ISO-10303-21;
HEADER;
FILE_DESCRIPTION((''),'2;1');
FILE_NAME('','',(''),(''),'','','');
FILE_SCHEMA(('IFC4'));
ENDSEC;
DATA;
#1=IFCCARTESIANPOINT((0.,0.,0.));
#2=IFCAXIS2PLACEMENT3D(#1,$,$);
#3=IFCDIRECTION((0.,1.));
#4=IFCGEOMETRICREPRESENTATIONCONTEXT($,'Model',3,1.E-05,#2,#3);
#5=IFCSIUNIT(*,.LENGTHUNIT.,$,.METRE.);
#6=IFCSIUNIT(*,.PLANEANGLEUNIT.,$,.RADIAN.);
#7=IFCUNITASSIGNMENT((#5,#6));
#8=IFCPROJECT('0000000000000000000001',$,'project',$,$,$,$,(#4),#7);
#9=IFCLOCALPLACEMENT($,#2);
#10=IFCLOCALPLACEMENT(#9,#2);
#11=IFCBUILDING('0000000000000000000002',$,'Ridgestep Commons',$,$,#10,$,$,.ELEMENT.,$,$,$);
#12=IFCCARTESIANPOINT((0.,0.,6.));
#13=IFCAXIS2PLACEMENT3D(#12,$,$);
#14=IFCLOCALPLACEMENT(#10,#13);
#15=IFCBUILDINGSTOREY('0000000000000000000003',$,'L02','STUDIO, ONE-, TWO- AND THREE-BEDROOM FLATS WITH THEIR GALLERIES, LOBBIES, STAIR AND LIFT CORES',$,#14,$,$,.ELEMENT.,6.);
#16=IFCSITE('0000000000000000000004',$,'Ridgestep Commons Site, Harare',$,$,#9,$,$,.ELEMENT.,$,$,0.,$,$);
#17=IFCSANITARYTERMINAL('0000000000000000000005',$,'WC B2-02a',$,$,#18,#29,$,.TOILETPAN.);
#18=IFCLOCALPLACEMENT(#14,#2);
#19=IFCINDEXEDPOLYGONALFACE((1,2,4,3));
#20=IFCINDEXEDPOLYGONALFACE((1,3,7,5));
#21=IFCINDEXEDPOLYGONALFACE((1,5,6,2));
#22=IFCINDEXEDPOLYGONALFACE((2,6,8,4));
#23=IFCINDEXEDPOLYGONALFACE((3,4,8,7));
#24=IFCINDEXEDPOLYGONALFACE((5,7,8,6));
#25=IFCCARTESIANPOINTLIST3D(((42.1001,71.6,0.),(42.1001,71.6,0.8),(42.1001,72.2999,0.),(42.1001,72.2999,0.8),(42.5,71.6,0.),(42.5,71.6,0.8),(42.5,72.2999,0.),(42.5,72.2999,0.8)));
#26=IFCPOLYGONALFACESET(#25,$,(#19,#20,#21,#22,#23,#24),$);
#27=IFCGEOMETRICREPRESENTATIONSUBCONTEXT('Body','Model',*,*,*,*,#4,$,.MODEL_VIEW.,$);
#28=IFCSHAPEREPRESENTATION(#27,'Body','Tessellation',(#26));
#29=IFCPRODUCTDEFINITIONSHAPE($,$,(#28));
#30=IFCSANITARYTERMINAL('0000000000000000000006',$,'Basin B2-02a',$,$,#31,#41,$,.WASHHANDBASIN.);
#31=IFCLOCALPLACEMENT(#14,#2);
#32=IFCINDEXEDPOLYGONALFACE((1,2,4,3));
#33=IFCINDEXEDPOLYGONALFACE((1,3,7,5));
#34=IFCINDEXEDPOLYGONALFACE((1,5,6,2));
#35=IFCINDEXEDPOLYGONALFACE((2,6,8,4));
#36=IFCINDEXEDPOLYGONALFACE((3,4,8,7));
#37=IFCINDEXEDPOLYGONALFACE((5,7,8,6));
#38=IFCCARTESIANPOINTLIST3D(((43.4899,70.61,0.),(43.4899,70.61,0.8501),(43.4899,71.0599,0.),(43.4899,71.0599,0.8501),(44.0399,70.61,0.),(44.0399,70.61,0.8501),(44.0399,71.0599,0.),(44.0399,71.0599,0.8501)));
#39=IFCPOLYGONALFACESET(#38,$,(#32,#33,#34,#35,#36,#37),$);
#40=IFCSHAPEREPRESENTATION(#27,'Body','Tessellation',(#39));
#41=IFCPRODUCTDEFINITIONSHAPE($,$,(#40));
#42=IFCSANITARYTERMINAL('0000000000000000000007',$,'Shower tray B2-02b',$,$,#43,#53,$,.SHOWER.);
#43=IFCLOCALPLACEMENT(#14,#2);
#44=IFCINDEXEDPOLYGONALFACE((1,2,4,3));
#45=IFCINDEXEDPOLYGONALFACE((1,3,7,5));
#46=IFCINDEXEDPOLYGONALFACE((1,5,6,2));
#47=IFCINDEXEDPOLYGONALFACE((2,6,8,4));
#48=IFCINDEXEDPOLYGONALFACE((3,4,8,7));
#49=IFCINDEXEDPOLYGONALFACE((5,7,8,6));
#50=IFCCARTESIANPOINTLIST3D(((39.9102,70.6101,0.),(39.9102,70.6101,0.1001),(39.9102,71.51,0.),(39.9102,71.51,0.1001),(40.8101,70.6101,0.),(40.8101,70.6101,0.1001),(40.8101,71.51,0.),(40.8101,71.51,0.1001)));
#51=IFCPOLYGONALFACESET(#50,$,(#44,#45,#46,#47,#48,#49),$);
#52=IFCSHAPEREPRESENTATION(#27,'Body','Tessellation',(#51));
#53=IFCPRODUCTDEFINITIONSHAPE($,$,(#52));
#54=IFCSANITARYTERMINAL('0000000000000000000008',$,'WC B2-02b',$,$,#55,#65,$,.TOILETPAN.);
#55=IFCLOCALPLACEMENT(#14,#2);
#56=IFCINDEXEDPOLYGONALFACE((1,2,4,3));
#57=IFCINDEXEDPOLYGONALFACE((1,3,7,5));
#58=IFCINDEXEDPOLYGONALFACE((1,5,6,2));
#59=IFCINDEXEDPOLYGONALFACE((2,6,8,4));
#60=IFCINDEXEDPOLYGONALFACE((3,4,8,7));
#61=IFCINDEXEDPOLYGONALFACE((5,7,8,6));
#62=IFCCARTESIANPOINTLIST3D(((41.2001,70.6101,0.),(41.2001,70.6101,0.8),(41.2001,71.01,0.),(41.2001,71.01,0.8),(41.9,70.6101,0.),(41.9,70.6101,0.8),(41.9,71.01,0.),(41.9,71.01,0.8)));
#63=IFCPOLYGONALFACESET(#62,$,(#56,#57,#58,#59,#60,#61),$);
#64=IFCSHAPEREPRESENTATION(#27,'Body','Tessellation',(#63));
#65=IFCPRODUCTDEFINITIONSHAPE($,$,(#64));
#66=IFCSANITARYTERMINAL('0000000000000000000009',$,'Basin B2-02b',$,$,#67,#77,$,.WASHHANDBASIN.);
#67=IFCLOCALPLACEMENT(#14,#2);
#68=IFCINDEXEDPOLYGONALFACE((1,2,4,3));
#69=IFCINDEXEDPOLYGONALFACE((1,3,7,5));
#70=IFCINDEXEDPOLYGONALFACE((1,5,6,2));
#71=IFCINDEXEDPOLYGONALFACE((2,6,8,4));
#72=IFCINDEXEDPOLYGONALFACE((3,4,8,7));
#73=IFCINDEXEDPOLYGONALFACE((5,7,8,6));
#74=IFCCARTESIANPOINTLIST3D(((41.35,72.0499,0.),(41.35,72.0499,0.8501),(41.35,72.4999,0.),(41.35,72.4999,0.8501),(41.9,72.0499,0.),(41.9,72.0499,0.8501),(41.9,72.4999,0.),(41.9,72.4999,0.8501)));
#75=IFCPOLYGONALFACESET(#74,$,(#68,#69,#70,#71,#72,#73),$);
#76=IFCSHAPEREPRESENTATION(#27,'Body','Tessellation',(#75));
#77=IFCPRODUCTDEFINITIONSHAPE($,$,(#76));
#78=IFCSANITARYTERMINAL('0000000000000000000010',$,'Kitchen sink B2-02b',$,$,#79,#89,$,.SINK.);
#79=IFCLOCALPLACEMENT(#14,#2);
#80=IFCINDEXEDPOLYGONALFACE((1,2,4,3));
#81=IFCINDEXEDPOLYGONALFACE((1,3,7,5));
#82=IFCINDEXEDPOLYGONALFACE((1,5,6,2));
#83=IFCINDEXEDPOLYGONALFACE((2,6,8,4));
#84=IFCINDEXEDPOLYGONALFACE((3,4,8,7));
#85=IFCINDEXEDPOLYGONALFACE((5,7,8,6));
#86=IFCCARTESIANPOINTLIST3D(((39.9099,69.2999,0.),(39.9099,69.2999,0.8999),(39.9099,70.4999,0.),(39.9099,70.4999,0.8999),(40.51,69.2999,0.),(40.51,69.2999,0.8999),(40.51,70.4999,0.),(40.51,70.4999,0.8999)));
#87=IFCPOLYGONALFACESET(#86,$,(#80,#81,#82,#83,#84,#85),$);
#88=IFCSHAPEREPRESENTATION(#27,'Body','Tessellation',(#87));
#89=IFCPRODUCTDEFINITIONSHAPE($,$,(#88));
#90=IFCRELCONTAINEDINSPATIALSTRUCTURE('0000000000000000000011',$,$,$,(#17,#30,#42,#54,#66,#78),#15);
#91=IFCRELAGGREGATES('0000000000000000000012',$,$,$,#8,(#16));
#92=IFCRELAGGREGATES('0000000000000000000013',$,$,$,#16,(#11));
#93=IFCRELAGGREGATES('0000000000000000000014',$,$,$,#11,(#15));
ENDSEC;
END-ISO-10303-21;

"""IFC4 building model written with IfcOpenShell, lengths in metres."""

from ifc_helpers import new_model, si_unit, direction, frame, origin, origin_2d, place, context, subcontext, project, spatial, rectangle, extrude, element, save


model = new_model("IFC4")

# Units and contexts
model_context = context("Model", 3, precision=1e-05, world=origin(), true_north=direction((0.0, 1.0)))
body_context = subcontext(model_context, "Body", "Model", "MODEL_VIEW")
ifc_project = project(units=[si_unit("LENGTHUNIT", "METRE"), si_unit("PLANEANGLEUNIT", "RADIAN")], contexts=[model_context])

# Site, building, storey
site_placement = place(None, origin())
site = spatial("IfcSite", under=ifc_project, at=site_placement, Name="Ridgestep Commons Site, Harare", CompositionType="ELEMENT", RefElevation=0.0)
building_placement = place(site_placement, origin())
building = spatial("IfcBuilding", under=site, at=building_placement, Name="Ridgestep Commons", CompositionType="ELEMENT")
storey_placement = place(building_placement, frame((0.0, 0.0, 6.0)))
storey = spatial("IfcBuildingStorey", under=building, at=storey_placement, Name="L02", Description="STUDIO, ONE-, TWO- AND THREE-BEDROOM FLATS WITH THEIR GALLERIES, LOBBIES, STAIR AND LIFT CORES", CompositionType="ELEMENT", Elevation=6.0)

# Sanitary terminals
sanitary_terminal_1_placement = place(storey_placement, frame((42.3, 71.95, 0.0), z_axis=(0.0, 0.0, 1.0), x_axis=(1.0, 0.0, 0.0)))
element("IfcSanitaryTerminal", 1, at=sanitary_terminal_1_placement, inside=storey, Name="WC B2-02a", PredefinedType="TOILETPAN", context=body_context, shape_type="SweptSolid", body=[
    extrude(rectangle(XDim=0.3999, YDim=0.7, at=origin_2d()), origin(), (0.0, 0.0, 1.0), 0.8),
])
sanitary_terminal_2_placement = place(storey_placement, frame((43.7649, 70.835, 0.0), z_axis=(0.0, 0.0, 1.0), x_axis=(1.0, 0.0, 0.0)))
element("IfcSanitaryTerminal", 2, at=sanitary_terminal_2_placement, inside=storey, Name="Basin B2-02a", PredefinedType="WASHHANDBASIN", context=body_context, shape_type="SweptSolid", body=[
    extrude(rectangle(XDim=0.55, YDim=0.45, at=origin_2d()), origin(), (0.0, 0.0, 1.0), 0.8501),
])
sanitary_terminal_3_placement = place(storey_placement, frame((40.3601, 71.0601, 0.0), z_axis=(0.0, 0.0, 1.0), x_axis=(1.0, 0.0, 0.0)))
element("IfcSanitaryTerminal", 3, at=sanitary_terminal_3_placement, inside=storey, Name="Shower tray B2-02b", PredefinedType="SHOWER", context=body_context, shape_type="SweptSolid", body=[
    extrude(rectangle(XDim=0.8999, YDim=0.8999, at=origin_2d()), origin(), (0.0, 0.0, 1.0), 0.1001),
])
sanitary_terminal_4_placement = place(storey_placement, frame((41.55, 70.8101, 0.0), z_axis=(0.0, 0.0, 1.0), x_axis=(1.0, 0.0, 0.0)))
element("IfcSanitaryTerminal", 4, at=sanitary_terminal_4_placement, inside=storey, Name="WC B2-02b", PredefinedType="TOILETPAN", context=body_context, shape_type="SweptSolid", body=[
    extrude(rectangle(XDim=0.7, YDim=0.3999, at=origin_2d()), origin(), (0.0, 0.0, 1.0), 0.8),
])
sanitary_terminal_5_placement = place(storey_placement, frame((41.625, 72.2749, 0.0), z_axis=(0.0, 0.0, 1.0), x_axis=(1.0, 0.0, 0.0)))
element("IfcSanitaryTerminal", 5, at=sanitary_terminal_5_placement, inside=storey, Name="Basin B2-02b", PredefinedType="WASHHANDBASIN", context=body_context, shape_type="SweptSolid", body=[
    extrude(rectangle(XDim=0.55, YDim=0.45, at=origin_2d()), origin(), (0.0, 0.0, 1.0), 0.8501),
])
sanitary_terminal_6_placement = place(storey_placement, frame((40.21, 69.8999, 0.0), z_axis=(0.0, 0.0, 1.0), x_axis=(1.0, 0.0, 0.0)))
element("IfcSanitaryTerminal", 6, at=sanitary_terminal_6_placement, inside=storey, Name="Kitchen sink B2-02b", PredefinedType="SINK", context=body_context, shape_type="SweptSolid", body=[
    extrude(rectangle(XDim=0.6001, YDim=1.2, at=origin_2d()), origin(), (0.0, 0.0, 1.0), 0.8999),
])

save(model, "model.ifc")
